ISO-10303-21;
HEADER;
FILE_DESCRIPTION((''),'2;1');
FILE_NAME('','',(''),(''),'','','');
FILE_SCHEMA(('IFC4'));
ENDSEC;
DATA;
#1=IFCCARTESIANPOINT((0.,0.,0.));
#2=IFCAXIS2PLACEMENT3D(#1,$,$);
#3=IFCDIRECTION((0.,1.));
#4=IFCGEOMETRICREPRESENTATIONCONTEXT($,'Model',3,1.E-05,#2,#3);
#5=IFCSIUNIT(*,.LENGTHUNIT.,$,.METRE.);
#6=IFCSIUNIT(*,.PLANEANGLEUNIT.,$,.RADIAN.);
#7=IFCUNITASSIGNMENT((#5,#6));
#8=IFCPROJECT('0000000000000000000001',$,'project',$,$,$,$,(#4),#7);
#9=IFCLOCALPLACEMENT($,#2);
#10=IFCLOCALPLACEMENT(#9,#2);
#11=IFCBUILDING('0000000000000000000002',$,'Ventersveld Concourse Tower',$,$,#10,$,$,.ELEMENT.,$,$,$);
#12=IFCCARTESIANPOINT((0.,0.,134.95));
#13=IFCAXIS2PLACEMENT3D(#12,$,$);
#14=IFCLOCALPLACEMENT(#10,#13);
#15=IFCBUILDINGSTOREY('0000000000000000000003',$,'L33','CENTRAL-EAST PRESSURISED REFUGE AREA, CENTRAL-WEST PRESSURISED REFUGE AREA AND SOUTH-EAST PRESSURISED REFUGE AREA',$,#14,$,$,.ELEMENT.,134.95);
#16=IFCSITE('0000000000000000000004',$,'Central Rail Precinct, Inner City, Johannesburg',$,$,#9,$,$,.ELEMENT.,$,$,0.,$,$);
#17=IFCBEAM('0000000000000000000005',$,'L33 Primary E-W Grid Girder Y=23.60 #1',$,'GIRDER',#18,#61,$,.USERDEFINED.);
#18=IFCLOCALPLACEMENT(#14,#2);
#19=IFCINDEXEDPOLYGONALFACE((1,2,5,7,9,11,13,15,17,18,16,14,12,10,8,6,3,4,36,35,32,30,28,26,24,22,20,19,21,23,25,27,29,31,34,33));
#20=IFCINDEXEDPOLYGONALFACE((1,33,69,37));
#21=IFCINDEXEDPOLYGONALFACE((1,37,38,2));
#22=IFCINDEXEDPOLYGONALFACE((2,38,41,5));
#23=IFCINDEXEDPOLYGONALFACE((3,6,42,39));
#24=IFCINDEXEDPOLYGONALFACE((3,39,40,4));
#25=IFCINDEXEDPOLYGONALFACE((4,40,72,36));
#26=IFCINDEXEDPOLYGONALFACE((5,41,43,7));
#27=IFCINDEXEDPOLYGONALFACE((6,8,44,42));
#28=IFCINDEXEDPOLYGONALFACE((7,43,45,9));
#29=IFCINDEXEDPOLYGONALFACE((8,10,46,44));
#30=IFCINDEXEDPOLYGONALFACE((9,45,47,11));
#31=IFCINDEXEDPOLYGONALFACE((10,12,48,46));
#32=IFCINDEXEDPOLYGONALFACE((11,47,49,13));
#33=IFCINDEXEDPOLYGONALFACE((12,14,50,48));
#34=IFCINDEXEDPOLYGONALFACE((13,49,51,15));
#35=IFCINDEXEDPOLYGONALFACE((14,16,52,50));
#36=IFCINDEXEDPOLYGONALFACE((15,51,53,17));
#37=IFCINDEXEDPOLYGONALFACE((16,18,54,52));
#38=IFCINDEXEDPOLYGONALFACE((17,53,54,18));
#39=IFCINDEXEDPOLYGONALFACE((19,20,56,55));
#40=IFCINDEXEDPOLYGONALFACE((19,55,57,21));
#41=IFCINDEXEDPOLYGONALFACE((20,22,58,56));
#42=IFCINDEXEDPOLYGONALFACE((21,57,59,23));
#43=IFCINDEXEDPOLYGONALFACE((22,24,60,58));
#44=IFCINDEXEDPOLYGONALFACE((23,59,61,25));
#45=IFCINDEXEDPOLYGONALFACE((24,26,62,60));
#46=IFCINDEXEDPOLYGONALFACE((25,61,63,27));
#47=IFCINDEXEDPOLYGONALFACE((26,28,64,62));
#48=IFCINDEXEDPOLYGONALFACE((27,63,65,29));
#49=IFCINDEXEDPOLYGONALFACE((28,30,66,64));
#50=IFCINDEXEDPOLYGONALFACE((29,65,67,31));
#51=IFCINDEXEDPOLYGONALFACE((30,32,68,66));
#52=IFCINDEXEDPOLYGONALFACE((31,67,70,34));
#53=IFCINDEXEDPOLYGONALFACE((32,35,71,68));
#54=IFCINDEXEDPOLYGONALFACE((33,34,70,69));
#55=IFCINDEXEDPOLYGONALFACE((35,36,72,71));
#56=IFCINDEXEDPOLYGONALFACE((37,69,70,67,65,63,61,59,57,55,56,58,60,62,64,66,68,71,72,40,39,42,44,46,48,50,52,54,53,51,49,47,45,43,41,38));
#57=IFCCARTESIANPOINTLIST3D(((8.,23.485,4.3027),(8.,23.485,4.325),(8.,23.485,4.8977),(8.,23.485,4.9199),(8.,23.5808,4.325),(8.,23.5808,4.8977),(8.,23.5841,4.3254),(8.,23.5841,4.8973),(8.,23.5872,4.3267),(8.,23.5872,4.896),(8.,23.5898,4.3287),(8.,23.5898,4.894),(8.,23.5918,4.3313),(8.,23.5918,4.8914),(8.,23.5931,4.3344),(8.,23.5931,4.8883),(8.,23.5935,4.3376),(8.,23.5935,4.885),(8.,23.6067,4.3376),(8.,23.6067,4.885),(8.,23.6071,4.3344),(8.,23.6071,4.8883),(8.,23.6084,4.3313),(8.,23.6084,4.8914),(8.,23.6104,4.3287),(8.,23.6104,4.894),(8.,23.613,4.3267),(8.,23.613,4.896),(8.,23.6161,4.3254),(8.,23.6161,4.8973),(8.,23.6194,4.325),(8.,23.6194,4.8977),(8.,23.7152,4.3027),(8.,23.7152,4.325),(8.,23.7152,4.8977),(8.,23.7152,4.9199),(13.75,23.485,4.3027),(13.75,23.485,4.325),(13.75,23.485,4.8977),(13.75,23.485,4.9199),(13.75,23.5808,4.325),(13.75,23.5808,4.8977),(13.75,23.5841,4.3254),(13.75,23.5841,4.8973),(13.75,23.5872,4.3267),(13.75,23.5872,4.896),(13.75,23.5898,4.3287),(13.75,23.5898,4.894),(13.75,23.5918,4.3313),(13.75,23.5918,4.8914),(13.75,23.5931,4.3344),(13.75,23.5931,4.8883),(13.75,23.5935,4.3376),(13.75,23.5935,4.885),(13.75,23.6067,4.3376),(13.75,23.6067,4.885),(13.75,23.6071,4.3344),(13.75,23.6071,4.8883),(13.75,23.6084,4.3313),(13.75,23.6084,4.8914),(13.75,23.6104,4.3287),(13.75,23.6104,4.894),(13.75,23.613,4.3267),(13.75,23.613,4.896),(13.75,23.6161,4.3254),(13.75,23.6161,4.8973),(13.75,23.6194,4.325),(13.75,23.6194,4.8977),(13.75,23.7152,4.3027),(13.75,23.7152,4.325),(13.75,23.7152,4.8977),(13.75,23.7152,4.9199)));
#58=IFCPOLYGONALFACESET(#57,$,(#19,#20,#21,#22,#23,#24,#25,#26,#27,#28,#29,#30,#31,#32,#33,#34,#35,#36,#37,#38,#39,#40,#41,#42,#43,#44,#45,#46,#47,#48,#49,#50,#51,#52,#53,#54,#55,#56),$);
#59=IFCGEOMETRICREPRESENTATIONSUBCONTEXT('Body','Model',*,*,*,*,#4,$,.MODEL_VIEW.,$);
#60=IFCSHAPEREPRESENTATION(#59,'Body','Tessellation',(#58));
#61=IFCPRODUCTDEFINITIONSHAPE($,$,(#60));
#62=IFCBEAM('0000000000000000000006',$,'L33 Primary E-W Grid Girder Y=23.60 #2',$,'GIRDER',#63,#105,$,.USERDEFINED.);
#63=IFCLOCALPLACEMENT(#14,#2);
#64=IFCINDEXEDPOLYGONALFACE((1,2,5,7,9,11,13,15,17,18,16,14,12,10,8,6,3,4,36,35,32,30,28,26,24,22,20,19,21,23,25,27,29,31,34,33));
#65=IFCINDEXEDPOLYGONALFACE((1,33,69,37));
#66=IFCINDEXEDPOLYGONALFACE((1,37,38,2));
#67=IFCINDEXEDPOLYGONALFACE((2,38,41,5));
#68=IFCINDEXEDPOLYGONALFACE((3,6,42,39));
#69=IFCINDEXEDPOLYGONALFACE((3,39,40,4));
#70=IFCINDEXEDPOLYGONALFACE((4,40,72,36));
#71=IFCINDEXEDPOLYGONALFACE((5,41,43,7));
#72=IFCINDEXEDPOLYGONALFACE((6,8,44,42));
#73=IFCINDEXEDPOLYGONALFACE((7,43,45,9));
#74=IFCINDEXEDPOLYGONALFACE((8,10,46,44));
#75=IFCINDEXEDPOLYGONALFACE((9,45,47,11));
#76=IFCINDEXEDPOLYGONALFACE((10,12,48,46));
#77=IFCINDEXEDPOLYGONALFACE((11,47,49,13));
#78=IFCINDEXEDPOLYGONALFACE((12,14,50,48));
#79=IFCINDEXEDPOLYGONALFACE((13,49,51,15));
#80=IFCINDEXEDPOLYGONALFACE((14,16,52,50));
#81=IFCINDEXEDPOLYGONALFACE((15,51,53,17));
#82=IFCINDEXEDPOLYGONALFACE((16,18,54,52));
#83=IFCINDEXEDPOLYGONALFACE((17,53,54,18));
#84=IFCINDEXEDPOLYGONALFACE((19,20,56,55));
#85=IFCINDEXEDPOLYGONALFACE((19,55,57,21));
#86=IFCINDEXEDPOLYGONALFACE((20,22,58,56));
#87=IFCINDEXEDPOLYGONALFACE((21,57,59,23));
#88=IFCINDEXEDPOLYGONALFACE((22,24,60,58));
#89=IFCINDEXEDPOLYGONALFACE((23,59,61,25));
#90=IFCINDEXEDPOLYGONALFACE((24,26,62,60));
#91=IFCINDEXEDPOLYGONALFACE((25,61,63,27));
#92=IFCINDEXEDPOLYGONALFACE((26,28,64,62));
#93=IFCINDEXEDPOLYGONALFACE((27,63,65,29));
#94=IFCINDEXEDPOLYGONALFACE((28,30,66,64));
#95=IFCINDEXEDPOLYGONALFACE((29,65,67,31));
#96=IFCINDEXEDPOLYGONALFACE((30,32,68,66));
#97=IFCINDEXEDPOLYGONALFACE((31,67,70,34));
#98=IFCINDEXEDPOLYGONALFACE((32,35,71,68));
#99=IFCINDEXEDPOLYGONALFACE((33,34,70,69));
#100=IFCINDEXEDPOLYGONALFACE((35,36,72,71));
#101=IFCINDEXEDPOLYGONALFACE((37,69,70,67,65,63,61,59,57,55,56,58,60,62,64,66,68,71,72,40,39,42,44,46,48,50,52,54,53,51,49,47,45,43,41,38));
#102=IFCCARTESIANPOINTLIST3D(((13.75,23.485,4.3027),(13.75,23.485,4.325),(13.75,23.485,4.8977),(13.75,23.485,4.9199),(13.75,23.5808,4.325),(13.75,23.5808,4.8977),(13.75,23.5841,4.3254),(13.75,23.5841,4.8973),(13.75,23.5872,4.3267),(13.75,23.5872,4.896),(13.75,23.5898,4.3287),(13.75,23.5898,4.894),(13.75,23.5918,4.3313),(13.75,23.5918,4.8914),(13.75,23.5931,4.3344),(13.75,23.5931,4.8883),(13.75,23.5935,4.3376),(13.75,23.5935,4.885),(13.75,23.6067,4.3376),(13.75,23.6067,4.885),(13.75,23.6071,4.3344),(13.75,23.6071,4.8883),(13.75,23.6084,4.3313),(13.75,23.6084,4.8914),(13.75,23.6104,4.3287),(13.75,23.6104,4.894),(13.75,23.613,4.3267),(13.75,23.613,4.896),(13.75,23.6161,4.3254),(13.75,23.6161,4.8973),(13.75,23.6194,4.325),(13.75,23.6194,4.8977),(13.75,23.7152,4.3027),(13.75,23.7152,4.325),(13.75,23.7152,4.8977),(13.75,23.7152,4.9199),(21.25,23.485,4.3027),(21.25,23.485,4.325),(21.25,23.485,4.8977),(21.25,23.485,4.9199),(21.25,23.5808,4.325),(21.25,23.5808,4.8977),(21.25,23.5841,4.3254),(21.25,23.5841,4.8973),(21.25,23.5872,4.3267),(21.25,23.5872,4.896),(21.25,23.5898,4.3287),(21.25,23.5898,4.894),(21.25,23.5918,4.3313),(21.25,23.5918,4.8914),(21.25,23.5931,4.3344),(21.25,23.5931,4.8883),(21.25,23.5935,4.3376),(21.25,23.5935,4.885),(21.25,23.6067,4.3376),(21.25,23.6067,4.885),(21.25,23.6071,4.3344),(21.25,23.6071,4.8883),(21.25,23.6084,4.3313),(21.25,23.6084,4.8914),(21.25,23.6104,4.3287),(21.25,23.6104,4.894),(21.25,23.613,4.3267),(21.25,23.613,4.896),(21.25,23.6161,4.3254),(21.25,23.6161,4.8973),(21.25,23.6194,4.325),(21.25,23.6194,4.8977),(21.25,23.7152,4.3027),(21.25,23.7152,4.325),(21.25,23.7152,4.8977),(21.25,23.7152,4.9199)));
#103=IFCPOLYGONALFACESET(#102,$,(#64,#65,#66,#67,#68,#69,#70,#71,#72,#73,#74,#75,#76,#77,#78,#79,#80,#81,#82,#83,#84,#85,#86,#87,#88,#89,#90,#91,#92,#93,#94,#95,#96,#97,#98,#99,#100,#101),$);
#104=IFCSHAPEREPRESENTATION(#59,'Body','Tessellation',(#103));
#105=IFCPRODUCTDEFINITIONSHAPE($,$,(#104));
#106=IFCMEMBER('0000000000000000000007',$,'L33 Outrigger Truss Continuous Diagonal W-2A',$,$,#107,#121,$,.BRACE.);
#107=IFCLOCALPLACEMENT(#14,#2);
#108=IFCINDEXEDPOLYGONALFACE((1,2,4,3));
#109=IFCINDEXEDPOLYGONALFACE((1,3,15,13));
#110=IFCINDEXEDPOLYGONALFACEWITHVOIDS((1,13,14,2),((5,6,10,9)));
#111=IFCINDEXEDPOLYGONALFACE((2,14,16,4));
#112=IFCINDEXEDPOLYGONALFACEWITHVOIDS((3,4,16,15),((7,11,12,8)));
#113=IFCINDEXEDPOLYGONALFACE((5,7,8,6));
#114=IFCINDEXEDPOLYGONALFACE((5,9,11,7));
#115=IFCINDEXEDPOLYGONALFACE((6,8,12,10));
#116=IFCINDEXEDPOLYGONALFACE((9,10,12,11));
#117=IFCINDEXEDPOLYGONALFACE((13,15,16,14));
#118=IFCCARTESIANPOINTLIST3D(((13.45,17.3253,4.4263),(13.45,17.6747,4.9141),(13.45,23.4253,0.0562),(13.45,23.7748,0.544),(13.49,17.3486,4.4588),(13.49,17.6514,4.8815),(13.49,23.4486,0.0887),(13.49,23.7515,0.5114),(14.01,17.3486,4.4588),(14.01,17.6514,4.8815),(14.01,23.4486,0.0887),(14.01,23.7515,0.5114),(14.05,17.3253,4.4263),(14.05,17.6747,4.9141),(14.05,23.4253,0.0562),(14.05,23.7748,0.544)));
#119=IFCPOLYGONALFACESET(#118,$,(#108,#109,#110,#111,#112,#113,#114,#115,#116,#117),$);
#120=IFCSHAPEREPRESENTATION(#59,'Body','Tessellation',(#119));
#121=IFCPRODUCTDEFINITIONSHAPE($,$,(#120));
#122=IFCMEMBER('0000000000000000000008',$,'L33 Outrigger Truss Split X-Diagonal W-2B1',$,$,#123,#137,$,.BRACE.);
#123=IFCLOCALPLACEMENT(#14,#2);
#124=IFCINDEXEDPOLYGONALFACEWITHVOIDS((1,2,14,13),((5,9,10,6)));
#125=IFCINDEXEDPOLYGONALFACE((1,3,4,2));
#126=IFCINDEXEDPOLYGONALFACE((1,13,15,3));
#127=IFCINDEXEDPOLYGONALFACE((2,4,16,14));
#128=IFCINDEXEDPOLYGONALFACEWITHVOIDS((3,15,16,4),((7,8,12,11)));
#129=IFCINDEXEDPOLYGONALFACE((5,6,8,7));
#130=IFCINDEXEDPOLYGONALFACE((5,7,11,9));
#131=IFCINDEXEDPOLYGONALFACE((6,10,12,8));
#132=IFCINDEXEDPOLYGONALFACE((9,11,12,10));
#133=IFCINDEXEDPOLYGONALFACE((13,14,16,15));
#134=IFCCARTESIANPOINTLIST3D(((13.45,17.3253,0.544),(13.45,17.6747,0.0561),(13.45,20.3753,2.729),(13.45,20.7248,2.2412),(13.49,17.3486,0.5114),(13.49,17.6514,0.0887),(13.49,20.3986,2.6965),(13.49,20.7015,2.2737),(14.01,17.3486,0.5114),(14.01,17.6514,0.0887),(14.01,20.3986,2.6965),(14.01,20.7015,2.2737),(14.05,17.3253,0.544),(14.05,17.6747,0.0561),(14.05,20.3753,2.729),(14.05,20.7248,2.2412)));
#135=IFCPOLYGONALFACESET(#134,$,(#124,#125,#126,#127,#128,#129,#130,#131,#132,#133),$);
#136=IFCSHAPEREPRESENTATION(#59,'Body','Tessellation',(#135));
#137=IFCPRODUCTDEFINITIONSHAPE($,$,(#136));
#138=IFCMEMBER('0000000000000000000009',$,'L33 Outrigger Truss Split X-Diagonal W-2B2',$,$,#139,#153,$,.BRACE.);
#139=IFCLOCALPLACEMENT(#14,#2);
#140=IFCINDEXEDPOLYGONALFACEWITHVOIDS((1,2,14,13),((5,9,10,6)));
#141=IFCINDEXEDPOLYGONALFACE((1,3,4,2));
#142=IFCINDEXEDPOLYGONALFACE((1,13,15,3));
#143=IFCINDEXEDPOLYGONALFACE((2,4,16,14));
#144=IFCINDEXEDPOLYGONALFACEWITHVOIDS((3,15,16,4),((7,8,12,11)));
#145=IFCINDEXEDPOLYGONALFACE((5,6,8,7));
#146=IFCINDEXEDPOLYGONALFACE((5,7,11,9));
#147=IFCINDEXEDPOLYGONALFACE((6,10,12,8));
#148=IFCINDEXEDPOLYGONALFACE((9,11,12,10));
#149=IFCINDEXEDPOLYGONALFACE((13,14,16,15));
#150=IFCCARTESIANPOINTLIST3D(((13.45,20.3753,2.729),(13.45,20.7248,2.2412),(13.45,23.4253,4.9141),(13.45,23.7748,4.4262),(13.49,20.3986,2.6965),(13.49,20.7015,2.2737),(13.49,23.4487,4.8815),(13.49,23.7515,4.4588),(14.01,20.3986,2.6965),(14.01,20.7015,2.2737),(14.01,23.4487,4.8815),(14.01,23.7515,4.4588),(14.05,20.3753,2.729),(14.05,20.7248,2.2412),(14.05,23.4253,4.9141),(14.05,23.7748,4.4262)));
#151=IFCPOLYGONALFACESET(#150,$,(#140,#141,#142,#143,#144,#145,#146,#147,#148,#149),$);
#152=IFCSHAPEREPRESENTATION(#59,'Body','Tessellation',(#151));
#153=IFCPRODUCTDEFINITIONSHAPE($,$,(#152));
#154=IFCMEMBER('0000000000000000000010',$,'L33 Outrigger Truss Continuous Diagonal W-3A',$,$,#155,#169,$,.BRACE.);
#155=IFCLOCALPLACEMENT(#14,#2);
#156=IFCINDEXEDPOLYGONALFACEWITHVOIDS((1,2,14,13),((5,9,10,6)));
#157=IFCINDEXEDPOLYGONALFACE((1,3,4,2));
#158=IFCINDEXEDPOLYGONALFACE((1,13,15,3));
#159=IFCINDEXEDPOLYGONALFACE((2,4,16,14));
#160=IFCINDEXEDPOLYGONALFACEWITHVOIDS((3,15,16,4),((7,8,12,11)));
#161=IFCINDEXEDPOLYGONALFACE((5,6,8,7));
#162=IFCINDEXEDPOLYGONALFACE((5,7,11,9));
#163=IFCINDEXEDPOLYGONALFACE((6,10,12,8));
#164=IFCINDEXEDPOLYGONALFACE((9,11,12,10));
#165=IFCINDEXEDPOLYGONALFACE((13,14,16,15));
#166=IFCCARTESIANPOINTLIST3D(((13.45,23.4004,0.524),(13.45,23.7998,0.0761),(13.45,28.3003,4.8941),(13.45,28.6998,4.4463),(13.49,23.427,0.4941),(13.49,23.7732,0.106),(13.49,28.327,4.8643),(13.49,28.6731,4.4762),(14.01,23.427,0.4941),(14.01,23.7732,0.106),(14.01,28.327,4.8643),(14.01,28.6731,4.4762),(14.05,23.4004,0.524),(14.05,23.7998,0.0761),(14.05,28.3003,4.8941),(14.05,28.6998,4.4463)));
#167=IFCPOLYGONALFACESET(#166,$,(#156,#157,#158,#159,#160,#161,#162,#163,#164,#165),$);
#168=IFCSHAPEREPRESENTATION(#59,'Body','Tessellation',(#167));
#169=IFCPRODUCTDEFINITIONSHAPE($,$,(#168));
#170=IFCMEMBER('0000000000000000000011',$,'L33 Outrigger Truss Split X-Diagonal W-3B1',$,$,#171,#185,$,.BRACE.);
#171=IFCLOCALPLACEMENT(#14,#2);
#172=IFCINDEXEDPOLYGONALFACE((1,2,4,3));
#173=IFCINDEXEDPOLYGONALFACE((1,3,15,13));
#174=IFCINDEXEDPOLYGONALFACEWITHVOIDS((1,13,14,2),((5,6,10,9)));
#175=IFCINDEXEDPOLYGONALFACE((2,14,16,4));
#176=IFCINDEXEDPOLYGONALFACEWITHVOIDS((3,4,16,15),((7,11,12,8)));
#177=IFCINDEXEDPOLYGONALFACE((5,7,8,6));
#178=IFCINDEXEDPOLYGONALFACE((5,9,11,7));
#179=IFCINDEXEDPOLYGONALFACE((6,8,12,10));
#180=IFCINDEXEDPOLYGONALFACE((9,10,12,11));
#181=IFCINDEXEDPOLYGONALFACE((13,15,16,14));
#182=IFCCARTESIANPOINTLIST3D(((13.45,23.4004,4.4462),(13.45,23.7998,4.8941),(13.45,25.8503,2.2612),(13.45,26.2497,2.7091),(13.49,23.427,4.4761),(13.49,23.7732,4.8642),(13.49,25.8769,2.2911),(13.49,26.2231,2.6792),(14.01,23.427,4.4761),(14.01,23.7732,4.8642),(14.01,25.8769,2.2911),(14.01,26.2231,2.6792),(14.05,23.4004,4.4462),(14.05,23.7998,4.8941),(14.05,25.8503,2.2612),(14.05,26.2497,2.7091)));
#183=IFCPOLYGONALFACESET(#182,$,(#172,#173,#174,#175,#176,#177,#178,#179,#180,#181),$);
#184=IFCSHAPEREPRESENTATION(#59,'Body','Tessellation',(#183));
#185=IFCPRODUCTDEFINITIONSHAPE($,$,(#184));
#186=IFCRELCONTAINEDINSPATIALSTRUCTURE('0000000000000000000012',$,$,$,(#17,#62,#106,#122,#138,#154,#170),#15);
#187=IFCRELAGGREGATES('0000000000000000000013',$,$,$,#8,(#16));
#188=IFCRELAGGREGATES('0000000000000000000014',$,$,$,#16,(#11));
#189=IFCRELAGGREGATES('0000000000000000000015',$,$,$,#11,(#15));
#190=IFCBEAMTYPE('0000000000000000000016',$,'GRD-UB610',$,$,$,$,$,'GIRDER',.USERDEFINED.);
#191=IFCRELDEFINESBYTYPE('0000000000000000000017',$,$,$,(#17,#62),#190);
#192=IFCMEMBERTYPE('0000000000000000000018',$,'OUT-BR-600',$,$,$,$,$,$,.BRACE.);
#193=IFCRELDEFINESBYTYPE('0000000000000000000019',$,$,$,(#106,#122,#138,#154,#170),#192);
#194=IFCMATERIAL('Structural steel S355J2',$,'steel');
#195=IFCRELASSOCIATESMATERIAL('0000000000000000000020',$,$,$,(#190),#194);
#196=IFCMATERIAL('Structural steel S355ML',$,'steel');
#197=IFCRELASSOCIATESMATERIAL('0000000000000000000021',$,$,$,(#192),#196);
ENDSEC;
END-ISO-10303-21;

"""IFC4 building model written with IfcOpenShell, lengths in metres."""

from ifc_helpers import new_model, si_unit, direction, frame, origin, origin_2d, place, context, subcontext, project, spatial, hollow_rectangle, i_section, extrude, material, material_profile, profile_set, type_object, element, save


model = new_model("IFC4")

# Units and contexts
model_context = context("Model", 3, precision=1e-05, world=origin(), true_north=direction((0.0, 1.0)))
body_context = subcontext(model_context, "Body", "Model", "MODEL_VIEW")
ifc_project = project(units=[si_unit("LENGTHUNIT", "METRE"), si_unit("PLANEANGLEUNIT", "RADIAN")], contexts=[model_context])

# Site, building, storey
site_placement = place(None, origin())
site = spatial("IfcSite", under=ifc_project, at=site_placement, Name="Central Rail Precinct, Inner City, Johannesburg", CompositionType="ELEMENT", RefElevation=0.0)
building_placement = place(site_placement, origin())
building = spatial("IfcBuilding", under=site, at=building_placement, Name="Ventersveld Concourse Tower", CompositionType="ELEMENT")
storey_placement = place(building_placement, frame((0.0, 0.0, 134.95)))
storey = spatial("IfcBuildingStorey", under=building, at=storey_placement, Name="L33", Description="CENTRAL-EAST PRESSURISED REFUGE AREA, CENTRAL-WEST PRESSURISED REFUGE AREA AND SOUTH-EAST PRESSURISED REFUGE AREA", CompositionType="ELEMENT", Elevation=134.95)

# Shared definitions
ifc_material_1 = material(Name="Structural steel S355ML", Category="steel")

# Beams
ifc_material_2 = material(Name="Structural steel S355J2", Category="steel")
ifc_material_profile_1 = material_profile(ifc_material_2, i_section(OverallWidth=0.2302, OverallDepth=0.6172, WebThickness=0.0132, FlangeThickness=0.0222, FilletRadius=0.0127, at=origin_2d()), Name="UB 610x229x140")
ifc_profile_set_1 = profile_set([ifc_material_profile_1], Name="Structural steel S355J2")
beam_type_1 = type_object("IfcBeamType", Name="GRD-UB610", ElementType="GIRDER", PredefinedType="USERDEFINED", material=ifc_profile_set_1)
beam_1_placement = place(storey_placement, frame((8.0, 23.6001, 4.6113), z_axis=(1.0, 0.0, 0.0), x_axis=(0.0, 1.0, 0.0)))
element("IfcBeam", 1, at=beam_1_placement, inside=storey, type_object=beam_type_1, Name="L33 Primary E-W Grid Girder Y=23.60 #1", ObjectType="GIRDER", PredefinedType="USERDEFINED", context=body_context, shape_type="SweptSolid", body=[
    extrude(i_section(OverallWidth=0.2302, OverallDepth=0.6172, WebThickness=0.0132, FlangeThickness=0.0222, FilletRadius=0.0127, at=origin_2d()), origin(), (0.0, 0.0, 1.0), 5.75),
])
beam_2_placement = place(storey_placement, frame((13.75, 23.6001, 4.6113), z_axis=(1.0, 0.0, 0.0), x_axis=(0.0, 1.0, 0.0)))
element("IfcBeam", 2, at=beam_2_placement, inside=storey, type_object=beam_type_1, Name="L33 Primary E-W Grid Girder Y=23.60 #2", ObjectType="GIRDER", PredefinedType="USERDEFINED", context=body_context, shape_type="SweptSolid", body=[
    extrude(i_section(OverallWidth=0.2302, OverallDepth=0.6172, WebThickness=0.0132, FlangeThickness=0.0222, FilletRadius=0.0127, at=origin_2d()), origin(), (0.0, 0.0, 1.0), 7.5),
])

# Members
ifc_material_profile_2 = material_profile(ifc_material_1, hollow_rectangle(XDim=0.6001, YDim=0.6001, WallThickness=0.04, at=origin_2d()), Name="BOX 600x600x40")
ifc_profile_set_2 = profile_set([ifc_material_profile_2], Name="Structural steel S355ML")
member_type_1 = type_object("IfcMemberType", Name="OUT-BR-600", PredefinedType="BRACE", material=ifc_profile_set_2)
member_1_placement = place(storey_placement, frame((13.75, 17.5, 4.6702), z_axis=(0.0, 0.812919, -0.582376), x_axis=(-1.0, 0.0, 0.0)))
element("IfcMember", 3, at=member_1_placement, inside=storey, type_object=member_type_1, Name="L33 Outrigger Truss Continuous Diagonal W-2A", PredefinedType="BRACE", context=body_context, shape_type="SweptSolid", body=[
    extrude(hollow_rectangle(XDim=0.6001, YDim=0.6001, WallThickness=0.04, at=origin_2d()), origin(), (0.0, 0.0, 1.0), 7.5039),
])
for number, where, z_axis, x_axis, name in (
    (4, (13.75, 17.5, 0.3), (0.0, 0.812919, 0.582376), (-1.0, 0.0, 0.0), "L33 Outrigger Truss Split X-Diagonal W-2B1"),
    (5, (13.75, 20.55, 2.4851), (0.0, 0.812919, 0.582376), (-1.0, 0.0, 0.0), "L33 Outrigger Truss Split X-Diagonal W-2B2"),
):
    element("IfcMember", number, at=place(storey_placement, frame(where, z_axis=z_axis, x_axis=x_axis)), inside=storey, type_object=member_type_1, Name=name, PredefinedType="BRACE", context=body_context, shape_type="SweptSolid", body=[
        extrude(hollow_rectangle(XDim=0.6001, YDim=0.6001, WallThickness=0.04, at=origin_2d()), origin(), (0.0, 0.0, 1.0), 3.752),
    ])
member_2_placement = place(storey_placement, frame((13.75, 23.6001, 0.3), z_axis=(0.0, 0.7463, 0.665609), x_axis=(-1.0, 0.0, 0.0)))
element("IfcMember", 6, at=member_2_placement, inside=storey, type_object=member_type_1, Name="L33 Outrigger Truss Continuous Diagonal W-3A", PredefinedType="BRACE", context=body_context, shape_type="SweptSolid", body=[
    extrude(hollow_rectangle(XDim=0.6001, YDim=0.6001, WallThickness=0.04, at=origin_2d()), origin(), (0.0, 0.0, 1.0), 6.5657),
])
member_3_placement = place(storey_placement, frame((13.75, 23.6001, 4.6702), z_axis=(0.0, 0.7463, -0.665609), x_axis=(-1.0, 0.0, 0.0)))
element("IfcMember", 7, at=member_3_placement, inside=storey, type_object=member_type_1, Name="L33 Outrigger Truss Split X-Diagonal W-3B1", PredefinedType="BRACE", context=body_context, shape_type="SweptSolid", body=[
    extrude(hollow_rectangle(XDim=0.6001, YDim=0.6001, WallThickness=0.04, at=origin_2d()), origin(), (0.0, 0.0, 1.0), 3.2827),
])

save(model, "model.ifc")
